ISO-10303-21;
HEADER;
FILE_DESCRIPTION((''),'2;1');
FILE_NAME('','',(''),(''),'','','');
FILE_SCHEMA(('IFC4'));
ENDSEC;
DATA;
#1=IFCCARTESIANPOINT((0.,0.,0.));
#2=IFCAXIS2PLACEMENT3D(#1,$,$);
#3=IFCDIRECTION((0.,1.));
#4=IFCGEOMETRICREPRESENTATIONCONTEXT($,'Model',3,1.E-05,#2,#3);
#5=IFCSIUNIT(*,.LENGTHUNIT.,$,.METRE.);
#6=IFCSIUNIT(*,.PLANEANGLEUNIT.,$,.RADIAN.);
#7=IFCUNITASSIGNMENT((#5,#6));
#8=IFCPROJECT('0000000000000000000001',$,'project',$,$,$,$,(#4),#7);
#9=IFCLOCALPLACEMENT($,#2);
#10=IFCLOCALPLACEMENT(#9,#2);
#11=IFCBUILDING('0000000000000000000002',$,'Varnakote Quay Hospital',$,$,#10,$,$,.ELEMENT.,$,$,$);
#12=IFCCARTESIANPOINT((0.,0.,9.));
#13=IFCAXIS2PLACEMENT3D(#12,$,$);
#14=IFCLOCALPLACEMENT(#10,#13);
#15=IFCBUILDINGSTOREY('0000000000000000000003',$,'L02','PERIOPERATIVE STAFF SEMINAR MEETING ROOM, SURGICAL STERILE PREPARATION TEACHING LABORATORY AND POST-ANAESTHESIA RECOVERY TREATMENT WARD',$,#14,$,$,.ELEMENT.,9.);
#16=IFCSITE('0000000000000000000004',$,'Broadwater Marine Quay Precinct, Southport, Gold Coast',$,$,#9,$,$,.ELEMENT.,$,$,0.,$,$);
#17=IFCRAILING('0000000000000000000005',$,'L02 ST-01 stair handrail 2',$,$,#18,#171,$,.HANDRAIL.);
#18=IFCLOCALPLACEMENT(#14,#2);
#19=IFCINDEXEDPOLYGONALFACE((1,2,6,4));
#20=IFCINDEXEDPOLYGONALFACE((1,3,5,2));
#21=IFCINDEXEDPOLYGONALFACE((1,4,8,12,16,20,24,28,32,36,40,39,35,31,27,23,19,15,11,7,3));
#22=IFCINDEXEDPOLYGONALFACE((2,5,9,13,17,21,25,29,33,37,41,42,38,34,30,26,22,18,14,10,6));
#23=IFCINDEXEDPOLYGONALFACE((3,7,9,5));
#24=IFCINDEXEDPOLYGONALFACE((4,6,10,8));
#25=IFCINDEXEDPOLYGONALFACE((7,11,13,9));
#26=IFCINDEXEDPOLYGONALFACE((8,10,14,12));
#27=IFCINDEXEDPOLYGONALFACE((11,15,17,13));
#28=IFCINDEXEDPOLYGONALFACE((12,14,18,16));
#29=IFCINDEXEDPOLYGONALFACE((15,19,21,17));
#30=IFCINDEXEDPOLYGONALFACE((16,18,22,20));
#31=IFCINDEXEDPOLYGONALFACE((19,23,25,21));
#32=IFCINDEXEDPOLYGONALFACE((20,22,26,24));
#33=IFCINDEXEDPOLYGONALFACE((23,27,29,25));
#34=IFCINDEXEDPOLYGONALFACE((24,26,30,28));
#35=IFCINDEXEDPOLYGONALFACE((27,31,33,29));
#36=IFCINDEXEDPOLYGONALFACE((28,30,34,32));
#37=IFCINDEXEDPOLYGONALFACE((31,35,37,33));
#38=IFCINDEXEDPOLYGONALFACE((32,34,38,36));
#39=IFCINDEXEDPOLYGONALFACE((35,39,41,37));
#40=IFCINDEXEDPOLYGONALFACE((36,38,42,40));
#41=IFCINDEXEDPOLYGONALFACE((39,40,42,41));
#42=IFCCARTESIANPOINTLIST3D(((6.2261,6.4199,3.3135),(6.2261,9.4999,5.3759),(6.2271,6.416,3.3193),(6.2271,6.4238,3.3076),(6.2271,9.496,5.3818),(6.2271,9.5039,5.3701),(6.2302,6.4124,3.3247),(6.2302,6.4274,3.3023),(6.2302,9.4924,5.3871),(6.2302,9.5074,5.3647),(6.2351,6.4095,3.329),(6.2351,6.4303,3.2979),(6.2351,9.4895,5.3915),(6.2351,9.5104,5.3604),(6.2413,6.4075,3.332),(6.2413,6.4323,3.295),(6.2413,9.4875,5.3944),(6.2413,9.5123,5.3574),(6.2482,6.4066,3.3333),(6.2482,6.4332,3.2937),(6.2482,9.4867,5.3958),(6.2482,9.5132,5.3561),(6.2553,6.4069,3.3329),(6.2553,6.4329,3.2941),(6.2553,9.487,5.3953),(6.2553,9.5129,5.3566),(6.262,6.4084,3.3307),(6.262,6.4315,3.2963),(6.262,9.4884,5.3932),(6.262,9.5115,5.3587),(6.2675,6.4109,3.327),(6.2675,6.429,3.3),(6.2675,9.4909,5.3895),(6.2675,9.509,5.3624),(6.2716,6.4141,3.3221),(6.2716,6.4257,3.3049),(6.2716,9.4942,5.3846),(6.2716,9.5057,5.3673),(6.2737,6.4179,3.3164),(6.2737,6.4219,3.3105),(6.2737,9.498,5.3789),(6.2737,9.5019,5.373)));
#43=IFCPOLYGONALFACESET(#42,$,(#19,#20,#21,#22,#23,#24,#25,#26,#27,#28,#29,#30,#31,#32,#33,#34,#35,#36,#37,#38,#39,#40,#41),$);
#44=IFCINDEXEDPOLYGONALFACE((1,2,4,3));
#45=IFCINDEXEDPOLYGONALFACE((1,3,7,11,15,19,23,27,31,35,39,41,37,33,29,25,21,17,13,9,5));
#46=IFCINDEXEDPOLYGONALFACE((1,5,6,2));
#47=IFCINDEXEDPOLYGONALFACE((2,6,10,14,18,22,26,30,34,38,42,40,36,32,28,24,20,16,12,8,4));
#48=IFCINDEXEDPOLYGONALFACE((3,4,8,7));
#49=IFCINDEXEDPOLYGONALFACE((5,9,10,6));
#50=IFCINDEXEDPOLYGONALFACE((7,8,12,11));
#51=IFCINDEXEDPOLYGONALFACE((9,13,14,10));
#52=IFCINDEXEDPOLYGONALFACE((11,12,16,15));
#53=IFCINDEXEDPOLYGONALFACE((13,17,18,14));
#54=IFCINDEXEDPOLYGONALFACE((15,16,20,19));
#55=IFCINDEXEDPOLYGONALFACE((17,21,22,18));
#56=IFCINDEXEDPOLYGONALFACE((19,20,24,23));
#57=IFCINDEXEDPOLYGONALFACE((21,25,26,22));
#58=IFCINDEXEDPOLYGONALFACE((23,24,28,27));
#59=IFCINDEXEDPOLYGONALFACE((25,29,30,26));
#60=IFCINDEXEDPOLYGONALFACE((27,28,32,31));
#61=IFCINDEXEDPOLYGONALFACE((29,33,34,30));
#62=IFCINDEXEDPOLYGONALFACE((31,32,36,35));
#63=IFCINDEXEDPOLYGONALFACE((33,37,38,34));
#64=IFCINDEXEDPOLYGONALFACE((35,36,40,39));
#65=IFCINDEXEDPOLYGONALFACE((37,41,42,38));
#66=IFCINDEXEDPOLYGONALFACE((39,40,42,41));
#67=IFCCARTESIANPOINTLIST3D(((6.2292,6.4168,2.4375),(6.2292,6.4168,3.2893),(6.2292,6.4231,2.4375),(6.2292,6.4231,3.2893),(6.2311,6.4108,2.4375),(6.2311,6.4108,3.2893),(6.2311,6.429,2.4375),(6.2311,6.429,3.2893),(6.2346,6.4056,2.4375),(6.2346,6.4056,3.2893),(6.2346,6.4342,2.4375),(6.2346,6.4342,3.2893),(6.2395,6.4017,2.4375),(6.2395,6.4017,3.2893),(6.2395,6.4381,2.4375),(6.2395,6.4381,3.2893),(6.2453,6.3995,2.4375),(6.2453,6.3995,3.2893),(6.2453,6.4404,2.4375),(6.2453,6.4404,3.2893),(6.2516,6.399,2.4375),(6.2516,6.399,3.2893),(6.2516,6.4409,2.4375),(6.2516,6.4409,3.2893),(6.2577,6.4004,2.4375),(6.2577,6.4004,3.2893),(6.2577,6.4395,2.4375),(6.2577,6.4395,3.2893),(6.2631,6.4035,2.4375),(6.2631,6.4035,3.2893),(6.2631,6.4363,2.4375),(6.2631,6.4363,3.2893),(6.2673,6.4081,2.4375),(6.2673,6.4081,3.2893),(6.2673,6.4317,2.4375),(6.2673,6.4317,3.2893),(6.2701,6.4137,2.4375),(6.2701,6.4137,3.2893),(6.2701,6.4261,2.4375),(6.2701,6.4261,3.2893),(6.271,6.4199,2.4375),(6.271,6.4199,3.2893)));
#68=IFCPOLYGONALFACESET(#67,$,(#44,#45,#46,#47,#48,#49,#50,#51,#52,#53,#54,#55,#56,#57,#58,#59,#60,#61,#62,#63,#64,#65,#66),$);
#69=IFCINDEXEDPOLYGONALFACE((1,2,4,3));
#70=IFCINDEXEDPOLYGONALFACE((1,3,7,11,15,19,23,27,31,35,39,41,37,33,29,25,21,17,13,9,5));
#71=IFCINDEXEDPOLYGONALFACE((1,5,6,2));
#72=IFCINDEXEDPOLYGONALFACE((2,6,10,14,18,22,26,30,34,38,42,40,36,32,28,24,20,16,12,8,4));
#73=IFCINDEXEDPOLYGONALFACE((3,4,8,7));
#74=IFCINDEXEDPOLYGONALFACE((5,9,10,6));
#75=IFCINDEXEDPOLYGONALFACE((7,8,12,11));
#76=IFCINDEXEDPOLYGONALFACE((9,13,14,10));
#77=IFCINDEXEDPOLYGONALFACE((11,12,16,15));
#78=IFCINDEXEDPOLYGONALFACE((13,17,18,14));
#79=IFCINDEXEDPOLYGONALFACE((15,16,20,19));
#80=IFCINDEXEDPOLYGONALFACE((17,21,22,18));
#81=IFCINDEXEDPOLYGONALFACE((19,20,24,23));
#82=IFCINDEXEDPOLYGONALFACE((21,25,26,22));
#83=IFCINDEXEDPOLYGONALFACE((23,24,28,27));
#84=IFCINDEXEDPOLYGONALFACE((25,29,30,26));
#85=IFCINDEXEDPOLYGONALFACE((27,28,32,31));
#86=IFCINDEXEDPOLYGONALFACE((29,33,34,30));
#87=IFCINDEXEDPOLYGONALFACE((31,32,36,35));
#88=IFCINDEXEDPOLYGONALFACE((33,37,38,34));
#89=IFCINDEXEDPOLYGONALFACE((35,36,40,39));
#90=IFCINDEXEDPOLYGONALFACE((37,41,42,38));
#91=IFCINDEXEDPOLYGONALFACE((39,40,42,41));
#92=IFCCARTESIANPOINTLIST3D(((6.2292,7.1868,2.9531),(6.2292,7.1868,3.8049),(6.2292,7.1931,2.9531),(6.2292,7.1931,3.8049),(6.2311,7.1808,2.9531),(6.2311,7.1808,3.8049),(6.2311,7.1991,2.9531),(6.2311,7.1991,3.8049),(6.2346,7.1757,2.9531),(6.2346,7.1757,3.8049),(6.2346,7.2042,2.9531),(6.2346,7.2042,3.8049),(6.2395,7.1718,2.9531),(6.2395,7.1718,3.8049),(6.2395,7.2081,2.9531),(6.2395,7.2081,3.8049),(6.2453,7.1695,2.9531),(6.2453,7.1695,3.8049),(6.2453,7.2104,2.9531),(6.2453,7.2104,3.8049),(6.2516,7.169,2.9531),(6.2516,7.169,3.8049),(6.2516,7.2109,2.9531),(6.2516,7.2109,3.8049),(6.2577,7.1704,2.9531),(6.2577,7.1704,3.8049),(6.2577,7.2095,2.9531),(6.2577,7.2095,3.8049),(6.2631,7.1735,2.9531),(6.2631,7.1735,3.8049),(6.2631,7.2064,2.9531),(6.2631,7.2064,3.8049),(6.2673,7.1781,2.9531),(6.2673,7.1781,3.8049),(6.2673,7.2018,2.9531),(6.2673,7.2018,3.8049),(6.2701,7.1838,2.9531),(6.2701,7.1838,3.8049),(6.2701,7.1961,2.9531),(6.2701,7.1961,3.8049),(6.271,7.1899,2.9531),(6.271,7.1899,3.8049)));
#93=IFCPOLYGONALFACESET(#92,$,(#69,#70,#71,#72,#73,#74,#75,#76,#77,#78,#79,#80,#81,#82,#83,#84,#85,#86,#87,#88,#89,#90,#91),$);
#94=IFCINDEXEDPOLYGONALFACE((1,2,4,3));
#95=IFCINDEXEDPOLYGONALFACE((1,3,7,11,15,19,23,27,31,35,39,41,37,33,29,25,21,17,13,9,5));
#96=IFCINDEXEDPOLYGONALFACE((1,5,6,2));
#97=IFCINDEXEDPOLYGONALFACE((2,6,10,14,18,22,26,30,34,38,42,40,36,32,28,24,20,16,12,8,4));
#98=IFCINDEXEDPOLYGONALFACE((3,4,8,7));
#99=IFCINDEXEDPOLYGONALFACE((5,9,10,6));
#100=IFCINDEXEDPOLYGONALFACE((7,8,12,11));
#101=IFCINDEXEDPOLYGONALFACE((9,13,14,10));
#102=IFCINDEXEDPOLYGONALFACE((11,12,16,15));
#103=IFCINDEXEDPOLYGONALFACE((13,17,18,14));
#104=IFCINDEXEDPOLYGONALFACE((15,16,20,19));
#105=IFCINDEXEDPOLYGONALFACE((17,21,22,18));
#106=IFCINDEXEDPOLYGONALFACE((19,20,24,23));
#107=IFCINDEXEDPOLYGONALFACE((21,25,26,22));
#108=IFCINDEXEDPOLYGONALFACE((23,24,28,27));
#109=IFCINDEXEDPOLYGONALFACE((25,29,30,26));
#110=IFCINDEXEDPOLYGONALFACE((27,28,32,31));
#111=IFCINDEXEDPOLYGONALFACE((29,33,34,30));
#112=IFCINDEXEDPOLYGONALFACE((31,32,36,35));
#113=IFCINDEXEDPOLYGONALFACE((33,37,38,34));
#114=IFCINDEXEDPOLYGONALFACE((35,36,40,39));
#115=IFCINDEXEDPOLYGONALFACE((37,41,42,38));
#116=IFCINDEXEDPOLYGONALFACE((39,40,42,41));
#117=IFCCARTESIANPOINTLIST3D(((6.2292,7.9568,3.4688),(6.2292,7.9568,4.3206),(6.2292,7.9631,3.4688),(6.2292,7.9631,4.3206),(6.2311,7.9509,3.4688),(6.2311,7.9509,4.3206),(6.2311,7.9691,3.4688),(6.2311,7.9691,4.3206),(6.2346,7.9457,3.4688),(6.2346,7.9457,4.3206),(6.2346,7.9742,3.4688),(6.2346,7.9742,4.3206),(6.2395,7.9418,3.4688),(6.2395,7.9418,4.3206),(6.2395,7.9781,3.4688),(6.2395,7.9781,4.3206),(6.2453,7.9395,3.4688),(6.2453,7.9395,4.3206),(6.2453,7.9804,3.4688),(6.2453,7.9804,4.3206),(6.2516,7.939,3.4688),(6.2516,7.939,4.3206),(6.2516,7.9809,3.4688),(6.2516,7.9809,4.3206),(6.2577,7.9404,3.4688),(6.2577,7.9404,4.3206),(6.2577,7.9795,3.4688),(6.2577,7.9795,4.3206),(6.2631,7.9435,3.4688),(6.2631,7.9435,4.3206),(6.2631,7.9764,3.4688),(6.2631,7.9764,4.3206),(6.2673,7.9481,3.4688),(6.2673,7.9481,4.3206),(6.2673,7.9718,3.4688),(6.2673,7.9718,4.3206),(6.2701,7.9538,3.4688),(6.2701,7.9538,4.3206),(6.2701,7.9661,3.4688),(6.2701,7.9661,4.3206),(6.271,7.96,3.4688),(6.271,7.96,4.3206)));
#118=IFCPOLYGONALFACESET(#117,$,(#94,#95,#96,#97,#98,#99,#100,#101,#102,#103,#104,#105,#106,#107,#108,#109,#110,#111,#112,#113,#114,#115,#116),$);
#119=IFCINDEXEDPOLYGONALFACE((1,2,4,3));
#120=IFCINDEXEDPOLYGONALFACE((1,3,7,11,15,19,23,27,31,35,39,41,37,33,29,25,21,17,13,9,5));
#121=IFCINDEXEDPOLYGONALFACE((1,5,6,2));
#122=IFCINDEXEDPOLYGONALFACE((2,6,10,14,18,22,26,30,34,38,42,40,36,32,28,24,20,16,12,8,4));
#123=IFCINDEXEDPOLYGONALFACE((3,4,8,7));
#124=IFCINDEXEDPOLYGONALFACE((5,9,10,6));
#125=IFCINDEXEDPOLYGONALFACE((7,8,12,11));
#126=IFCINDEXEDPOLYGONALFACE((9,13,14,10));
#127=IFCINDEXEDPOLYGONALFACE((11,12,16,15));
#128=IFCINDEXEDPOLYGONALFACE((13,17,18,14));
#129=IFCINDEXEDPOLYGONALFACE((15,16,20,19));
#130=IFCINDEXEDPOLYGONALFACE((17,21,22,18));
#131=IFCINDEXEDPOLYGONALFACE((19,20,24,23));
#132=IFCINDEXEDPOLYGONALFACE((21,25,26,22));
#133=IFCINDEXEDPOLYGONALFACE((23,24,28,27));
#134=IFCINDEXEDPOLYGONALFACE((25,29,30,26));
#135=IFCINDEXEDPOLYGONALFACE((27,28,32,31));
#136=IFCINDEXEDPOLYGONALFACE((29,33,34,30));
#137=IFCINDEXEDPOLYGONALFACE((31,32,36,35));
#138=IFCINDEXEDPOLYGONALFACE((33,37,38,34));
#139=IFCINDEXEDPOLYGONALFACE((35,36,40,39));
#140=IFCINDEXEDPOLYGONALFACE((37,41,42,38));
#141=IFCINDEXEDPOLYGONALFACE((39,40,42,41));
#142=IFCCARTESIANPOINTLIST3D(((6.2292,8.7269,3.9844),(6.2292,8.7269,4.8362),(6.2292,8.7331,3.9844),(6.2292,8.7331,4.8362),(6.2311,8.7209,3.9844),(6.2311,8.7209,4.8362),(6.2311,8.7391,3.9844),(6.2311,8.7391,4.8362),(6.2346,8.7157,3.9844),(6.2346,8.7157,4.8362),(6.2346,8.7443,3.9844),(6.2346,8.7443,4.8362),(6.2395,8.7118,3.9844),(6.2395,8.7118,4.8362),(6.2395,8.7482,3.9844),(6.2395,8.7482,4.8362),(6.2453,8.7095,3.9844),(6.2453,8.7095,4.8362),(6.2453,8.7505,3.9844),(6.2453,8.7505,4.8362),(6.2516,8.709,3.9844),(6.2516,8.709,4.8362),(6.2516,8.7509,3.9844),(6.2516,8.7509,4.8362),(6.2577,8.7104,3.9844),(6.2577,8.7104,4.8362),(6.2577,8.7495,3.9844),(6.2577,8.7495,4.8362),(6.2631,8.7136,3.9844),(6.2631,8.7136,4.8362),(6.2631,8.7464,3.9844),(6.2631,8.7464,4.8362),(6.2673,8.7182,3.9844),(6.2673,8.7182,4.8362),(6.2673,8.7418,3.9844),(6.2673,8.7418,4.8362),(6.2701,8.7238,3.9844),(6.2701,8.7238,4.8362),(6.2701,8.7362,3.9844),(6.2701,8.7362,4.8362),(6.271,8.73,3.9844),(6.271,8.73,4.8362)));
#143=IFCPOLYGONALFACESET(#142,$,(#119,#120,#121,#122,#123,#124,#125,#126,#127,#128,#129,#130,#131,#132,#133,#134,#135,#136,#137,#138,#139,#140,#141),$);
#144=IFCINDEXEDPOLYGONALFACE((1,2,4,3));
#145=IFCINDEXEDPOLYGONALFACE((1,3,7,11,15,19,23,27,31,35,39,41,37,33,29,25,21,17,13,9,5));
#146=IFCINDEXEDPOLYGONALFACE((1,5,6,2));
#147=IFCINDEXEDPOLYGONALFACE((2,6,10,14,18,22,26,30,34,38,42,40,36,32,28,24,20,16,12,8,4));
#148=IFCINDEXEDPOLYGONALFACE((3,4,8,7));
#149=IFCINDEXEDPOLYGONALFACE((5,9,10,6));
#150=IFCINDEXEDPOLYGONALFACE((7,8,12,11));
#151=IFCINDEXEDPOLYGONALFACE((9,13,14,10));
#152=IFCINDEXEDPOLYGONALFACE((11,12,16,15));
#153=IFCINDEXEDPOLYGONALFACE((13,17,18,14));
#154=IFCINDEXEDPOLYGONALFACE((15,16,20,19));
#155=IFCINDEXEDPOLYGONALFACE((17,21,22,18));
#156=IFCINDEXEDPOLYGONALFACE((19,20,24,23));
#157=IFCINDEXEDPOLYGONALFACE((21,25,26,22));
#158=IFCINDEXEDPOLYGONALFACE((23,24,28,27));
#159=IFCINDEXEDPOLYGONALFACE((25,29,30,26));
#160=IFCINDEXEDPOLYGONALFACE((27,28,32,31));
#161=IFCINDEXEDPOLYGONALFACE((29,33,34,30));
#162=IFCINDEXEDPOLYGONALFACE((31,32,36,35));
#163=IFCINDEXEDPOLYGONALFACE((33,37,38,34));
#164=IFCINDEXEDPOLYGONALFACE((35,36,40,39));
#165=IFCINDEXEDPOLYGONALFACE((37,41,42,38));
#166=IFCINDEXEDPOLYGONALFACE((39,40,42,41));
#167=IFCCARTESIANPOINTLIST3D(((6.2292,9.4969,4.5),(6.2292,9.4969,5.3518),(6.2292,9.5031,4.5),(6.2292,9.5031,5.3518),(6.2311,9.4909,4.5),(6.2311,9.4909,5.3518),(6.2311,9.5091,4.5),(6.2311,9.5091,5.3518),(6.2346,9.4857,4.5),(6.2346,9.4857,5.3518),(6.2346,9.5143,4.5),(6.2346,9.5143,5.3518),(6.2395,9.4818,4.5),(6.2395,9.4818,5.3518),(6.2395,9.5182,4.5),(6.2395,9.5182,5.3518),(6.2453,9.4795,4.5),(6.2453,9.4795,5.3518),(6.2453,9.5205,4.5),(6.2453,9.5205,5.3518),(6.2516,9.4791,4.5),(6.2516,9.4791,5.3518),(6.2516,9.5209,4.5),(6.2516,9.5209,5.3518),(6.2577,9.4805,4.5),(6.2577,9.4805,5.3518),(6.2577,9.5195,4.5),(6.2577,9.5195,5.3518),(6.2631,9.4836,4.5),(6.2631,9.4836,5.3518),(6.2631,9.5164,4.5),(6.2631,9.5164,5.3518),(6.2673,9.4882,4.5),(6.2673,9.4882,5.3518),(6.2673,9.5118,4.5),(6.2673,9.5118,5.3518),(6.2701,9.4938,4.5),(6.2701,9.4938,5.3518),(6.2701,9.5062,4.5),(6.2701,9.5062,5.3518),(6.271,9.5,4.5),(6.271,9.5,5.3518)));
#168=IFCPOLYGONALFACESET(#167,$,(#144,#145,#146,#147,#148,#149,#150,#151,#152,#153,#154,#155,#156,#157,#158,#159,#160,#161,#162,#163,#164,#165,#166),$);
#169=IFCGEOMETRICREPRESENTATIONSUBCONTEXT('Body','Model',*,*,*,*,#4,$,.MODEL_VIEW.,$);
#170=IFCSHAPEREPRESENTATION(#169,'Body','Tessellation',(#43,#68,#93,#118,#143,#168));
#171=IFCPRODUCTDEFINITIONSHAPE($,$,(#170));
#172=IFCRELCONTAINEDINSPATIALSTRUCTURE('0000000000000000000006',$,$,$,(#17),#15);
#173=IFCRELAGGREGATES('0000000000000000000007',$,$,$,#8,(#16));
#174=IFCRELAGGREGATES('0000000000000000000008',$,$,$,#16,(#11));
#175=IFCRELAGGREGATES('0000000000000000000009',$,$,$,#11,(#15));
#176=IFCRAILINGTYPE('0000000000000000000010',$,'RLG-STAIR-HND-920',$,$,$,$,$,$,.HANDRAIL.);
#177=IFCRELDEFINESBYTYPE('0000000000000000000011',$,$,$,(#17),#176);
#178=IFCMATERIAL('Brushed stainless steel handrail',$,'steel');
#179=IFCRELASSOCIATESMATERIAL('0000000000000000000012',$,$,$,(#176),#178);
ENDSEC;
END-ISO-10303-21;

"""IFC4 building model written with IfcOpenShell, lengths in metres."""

from ifc_helpers import new_model, si_unit, direction, frame, origin, origin_2d, place, context, subcontext, project, spatial, circle, extrude, material, type_object, element, save


model = new_model("IFC4")

# Units and contexts
model_context = context("Model", 3, precision=1e-05, world=origin(), true_north=direction((0.0, 1.0)))
body_context = subcontext(model_context, "Body", "Model", "MODEL_VIEW")
ifc_project = project(units=[si_unit("LENGTHUNIT", "METRE"), si_unit("PLANEANGLEUNIT", "RADIAN")], contexts=[model_context])

# Site, building, storey
site_placement = place(None, origin())
site = spatial("IfcSite", under=ifc_project, at=site_placement, Name="Broadwater Marine Quay Precinct, Southport, Gold Coast", CompositionType="ELEMENT", RefElevation=0.0)
building_placement = place(site_placement, origin())
building = spatial("IfcBuilding", under=site, at=building_placement, Name="Varnakote Quay Hospital", CompositionType="ELEMENT")
storey_placement = place(building_placement, frame((0.0, 0.0, 9.0)))
storey = spatial("IfcBuildingStorey", under=building, at=storey_placement, Name="L02", Description="PERIOPERATIVE STAFF SEMINAR MEETING ROOM, SURGICAL STERILE PREPARATION TEACHING LABORATORY AND POST-ANAESTHESIA RECOVERY TREATMENT WARD", CompositionType="ELEMENT", Elevation=9.0)

# Railing
ifc_material_1 = material(Name="Brushed stainless steel handrail", Category="steel")
railing_type_1 = type_object("IfcRailingType", Name="RLG-STAIR-HND-920", PredefinedType="HANDRAIL", material=ifc_material_1)
railing_1_placement = place(storey_placement, frame((6.25, 6.4199, 2.4375)))
element("IfcRailing", 1, at=railing_1_placement, inside=storey, type_object=railing_type_1, Name="L02 ST-01 stair handrail 2", PredefinedType="HANDRAIL", context=body_context, shape_type="SweptSolid", body=[
    extrude(circle(Radius=0.0239, at=origin_2d()), frame((0.0, 0.0, 0.876), z_axis=(0.0, 0.830914, 0.556401), x_axis=(-1.0, 0.0, 0.0)), (0.0, 0.0, 1.0), 3.7068),
    extrude(circle(Radius=0.021, at=origin_2d()), origin(), (0.0, 0.0, 1.0), 0.8518),
    extrude(circle(Radius=0.021, at=origin_2d()), frame((0.0, 0.77, 0.5156)), (0.0, 0.0, 1.0), 0.8518),
    extrude(circle(Radius=0.021, at=origin_2d()), frame((0.0, 1.54, 1.0312)), (0.0, 0.0, 1.0), 0.8518),
    extrude(circle(Radius=0.021, at=origin_2d()), frame((0.0, 2.3101, 1.5469)), (0.0, 0.0, 1.0), 0.8518),
    extrude(circle(Radius=0.021, at=origin_2d()), frame((0.0, 3.0801, 2.0625)), (0.0, 0.0, 1.0), 0.8518),
])

save(model, "model.ifc")
